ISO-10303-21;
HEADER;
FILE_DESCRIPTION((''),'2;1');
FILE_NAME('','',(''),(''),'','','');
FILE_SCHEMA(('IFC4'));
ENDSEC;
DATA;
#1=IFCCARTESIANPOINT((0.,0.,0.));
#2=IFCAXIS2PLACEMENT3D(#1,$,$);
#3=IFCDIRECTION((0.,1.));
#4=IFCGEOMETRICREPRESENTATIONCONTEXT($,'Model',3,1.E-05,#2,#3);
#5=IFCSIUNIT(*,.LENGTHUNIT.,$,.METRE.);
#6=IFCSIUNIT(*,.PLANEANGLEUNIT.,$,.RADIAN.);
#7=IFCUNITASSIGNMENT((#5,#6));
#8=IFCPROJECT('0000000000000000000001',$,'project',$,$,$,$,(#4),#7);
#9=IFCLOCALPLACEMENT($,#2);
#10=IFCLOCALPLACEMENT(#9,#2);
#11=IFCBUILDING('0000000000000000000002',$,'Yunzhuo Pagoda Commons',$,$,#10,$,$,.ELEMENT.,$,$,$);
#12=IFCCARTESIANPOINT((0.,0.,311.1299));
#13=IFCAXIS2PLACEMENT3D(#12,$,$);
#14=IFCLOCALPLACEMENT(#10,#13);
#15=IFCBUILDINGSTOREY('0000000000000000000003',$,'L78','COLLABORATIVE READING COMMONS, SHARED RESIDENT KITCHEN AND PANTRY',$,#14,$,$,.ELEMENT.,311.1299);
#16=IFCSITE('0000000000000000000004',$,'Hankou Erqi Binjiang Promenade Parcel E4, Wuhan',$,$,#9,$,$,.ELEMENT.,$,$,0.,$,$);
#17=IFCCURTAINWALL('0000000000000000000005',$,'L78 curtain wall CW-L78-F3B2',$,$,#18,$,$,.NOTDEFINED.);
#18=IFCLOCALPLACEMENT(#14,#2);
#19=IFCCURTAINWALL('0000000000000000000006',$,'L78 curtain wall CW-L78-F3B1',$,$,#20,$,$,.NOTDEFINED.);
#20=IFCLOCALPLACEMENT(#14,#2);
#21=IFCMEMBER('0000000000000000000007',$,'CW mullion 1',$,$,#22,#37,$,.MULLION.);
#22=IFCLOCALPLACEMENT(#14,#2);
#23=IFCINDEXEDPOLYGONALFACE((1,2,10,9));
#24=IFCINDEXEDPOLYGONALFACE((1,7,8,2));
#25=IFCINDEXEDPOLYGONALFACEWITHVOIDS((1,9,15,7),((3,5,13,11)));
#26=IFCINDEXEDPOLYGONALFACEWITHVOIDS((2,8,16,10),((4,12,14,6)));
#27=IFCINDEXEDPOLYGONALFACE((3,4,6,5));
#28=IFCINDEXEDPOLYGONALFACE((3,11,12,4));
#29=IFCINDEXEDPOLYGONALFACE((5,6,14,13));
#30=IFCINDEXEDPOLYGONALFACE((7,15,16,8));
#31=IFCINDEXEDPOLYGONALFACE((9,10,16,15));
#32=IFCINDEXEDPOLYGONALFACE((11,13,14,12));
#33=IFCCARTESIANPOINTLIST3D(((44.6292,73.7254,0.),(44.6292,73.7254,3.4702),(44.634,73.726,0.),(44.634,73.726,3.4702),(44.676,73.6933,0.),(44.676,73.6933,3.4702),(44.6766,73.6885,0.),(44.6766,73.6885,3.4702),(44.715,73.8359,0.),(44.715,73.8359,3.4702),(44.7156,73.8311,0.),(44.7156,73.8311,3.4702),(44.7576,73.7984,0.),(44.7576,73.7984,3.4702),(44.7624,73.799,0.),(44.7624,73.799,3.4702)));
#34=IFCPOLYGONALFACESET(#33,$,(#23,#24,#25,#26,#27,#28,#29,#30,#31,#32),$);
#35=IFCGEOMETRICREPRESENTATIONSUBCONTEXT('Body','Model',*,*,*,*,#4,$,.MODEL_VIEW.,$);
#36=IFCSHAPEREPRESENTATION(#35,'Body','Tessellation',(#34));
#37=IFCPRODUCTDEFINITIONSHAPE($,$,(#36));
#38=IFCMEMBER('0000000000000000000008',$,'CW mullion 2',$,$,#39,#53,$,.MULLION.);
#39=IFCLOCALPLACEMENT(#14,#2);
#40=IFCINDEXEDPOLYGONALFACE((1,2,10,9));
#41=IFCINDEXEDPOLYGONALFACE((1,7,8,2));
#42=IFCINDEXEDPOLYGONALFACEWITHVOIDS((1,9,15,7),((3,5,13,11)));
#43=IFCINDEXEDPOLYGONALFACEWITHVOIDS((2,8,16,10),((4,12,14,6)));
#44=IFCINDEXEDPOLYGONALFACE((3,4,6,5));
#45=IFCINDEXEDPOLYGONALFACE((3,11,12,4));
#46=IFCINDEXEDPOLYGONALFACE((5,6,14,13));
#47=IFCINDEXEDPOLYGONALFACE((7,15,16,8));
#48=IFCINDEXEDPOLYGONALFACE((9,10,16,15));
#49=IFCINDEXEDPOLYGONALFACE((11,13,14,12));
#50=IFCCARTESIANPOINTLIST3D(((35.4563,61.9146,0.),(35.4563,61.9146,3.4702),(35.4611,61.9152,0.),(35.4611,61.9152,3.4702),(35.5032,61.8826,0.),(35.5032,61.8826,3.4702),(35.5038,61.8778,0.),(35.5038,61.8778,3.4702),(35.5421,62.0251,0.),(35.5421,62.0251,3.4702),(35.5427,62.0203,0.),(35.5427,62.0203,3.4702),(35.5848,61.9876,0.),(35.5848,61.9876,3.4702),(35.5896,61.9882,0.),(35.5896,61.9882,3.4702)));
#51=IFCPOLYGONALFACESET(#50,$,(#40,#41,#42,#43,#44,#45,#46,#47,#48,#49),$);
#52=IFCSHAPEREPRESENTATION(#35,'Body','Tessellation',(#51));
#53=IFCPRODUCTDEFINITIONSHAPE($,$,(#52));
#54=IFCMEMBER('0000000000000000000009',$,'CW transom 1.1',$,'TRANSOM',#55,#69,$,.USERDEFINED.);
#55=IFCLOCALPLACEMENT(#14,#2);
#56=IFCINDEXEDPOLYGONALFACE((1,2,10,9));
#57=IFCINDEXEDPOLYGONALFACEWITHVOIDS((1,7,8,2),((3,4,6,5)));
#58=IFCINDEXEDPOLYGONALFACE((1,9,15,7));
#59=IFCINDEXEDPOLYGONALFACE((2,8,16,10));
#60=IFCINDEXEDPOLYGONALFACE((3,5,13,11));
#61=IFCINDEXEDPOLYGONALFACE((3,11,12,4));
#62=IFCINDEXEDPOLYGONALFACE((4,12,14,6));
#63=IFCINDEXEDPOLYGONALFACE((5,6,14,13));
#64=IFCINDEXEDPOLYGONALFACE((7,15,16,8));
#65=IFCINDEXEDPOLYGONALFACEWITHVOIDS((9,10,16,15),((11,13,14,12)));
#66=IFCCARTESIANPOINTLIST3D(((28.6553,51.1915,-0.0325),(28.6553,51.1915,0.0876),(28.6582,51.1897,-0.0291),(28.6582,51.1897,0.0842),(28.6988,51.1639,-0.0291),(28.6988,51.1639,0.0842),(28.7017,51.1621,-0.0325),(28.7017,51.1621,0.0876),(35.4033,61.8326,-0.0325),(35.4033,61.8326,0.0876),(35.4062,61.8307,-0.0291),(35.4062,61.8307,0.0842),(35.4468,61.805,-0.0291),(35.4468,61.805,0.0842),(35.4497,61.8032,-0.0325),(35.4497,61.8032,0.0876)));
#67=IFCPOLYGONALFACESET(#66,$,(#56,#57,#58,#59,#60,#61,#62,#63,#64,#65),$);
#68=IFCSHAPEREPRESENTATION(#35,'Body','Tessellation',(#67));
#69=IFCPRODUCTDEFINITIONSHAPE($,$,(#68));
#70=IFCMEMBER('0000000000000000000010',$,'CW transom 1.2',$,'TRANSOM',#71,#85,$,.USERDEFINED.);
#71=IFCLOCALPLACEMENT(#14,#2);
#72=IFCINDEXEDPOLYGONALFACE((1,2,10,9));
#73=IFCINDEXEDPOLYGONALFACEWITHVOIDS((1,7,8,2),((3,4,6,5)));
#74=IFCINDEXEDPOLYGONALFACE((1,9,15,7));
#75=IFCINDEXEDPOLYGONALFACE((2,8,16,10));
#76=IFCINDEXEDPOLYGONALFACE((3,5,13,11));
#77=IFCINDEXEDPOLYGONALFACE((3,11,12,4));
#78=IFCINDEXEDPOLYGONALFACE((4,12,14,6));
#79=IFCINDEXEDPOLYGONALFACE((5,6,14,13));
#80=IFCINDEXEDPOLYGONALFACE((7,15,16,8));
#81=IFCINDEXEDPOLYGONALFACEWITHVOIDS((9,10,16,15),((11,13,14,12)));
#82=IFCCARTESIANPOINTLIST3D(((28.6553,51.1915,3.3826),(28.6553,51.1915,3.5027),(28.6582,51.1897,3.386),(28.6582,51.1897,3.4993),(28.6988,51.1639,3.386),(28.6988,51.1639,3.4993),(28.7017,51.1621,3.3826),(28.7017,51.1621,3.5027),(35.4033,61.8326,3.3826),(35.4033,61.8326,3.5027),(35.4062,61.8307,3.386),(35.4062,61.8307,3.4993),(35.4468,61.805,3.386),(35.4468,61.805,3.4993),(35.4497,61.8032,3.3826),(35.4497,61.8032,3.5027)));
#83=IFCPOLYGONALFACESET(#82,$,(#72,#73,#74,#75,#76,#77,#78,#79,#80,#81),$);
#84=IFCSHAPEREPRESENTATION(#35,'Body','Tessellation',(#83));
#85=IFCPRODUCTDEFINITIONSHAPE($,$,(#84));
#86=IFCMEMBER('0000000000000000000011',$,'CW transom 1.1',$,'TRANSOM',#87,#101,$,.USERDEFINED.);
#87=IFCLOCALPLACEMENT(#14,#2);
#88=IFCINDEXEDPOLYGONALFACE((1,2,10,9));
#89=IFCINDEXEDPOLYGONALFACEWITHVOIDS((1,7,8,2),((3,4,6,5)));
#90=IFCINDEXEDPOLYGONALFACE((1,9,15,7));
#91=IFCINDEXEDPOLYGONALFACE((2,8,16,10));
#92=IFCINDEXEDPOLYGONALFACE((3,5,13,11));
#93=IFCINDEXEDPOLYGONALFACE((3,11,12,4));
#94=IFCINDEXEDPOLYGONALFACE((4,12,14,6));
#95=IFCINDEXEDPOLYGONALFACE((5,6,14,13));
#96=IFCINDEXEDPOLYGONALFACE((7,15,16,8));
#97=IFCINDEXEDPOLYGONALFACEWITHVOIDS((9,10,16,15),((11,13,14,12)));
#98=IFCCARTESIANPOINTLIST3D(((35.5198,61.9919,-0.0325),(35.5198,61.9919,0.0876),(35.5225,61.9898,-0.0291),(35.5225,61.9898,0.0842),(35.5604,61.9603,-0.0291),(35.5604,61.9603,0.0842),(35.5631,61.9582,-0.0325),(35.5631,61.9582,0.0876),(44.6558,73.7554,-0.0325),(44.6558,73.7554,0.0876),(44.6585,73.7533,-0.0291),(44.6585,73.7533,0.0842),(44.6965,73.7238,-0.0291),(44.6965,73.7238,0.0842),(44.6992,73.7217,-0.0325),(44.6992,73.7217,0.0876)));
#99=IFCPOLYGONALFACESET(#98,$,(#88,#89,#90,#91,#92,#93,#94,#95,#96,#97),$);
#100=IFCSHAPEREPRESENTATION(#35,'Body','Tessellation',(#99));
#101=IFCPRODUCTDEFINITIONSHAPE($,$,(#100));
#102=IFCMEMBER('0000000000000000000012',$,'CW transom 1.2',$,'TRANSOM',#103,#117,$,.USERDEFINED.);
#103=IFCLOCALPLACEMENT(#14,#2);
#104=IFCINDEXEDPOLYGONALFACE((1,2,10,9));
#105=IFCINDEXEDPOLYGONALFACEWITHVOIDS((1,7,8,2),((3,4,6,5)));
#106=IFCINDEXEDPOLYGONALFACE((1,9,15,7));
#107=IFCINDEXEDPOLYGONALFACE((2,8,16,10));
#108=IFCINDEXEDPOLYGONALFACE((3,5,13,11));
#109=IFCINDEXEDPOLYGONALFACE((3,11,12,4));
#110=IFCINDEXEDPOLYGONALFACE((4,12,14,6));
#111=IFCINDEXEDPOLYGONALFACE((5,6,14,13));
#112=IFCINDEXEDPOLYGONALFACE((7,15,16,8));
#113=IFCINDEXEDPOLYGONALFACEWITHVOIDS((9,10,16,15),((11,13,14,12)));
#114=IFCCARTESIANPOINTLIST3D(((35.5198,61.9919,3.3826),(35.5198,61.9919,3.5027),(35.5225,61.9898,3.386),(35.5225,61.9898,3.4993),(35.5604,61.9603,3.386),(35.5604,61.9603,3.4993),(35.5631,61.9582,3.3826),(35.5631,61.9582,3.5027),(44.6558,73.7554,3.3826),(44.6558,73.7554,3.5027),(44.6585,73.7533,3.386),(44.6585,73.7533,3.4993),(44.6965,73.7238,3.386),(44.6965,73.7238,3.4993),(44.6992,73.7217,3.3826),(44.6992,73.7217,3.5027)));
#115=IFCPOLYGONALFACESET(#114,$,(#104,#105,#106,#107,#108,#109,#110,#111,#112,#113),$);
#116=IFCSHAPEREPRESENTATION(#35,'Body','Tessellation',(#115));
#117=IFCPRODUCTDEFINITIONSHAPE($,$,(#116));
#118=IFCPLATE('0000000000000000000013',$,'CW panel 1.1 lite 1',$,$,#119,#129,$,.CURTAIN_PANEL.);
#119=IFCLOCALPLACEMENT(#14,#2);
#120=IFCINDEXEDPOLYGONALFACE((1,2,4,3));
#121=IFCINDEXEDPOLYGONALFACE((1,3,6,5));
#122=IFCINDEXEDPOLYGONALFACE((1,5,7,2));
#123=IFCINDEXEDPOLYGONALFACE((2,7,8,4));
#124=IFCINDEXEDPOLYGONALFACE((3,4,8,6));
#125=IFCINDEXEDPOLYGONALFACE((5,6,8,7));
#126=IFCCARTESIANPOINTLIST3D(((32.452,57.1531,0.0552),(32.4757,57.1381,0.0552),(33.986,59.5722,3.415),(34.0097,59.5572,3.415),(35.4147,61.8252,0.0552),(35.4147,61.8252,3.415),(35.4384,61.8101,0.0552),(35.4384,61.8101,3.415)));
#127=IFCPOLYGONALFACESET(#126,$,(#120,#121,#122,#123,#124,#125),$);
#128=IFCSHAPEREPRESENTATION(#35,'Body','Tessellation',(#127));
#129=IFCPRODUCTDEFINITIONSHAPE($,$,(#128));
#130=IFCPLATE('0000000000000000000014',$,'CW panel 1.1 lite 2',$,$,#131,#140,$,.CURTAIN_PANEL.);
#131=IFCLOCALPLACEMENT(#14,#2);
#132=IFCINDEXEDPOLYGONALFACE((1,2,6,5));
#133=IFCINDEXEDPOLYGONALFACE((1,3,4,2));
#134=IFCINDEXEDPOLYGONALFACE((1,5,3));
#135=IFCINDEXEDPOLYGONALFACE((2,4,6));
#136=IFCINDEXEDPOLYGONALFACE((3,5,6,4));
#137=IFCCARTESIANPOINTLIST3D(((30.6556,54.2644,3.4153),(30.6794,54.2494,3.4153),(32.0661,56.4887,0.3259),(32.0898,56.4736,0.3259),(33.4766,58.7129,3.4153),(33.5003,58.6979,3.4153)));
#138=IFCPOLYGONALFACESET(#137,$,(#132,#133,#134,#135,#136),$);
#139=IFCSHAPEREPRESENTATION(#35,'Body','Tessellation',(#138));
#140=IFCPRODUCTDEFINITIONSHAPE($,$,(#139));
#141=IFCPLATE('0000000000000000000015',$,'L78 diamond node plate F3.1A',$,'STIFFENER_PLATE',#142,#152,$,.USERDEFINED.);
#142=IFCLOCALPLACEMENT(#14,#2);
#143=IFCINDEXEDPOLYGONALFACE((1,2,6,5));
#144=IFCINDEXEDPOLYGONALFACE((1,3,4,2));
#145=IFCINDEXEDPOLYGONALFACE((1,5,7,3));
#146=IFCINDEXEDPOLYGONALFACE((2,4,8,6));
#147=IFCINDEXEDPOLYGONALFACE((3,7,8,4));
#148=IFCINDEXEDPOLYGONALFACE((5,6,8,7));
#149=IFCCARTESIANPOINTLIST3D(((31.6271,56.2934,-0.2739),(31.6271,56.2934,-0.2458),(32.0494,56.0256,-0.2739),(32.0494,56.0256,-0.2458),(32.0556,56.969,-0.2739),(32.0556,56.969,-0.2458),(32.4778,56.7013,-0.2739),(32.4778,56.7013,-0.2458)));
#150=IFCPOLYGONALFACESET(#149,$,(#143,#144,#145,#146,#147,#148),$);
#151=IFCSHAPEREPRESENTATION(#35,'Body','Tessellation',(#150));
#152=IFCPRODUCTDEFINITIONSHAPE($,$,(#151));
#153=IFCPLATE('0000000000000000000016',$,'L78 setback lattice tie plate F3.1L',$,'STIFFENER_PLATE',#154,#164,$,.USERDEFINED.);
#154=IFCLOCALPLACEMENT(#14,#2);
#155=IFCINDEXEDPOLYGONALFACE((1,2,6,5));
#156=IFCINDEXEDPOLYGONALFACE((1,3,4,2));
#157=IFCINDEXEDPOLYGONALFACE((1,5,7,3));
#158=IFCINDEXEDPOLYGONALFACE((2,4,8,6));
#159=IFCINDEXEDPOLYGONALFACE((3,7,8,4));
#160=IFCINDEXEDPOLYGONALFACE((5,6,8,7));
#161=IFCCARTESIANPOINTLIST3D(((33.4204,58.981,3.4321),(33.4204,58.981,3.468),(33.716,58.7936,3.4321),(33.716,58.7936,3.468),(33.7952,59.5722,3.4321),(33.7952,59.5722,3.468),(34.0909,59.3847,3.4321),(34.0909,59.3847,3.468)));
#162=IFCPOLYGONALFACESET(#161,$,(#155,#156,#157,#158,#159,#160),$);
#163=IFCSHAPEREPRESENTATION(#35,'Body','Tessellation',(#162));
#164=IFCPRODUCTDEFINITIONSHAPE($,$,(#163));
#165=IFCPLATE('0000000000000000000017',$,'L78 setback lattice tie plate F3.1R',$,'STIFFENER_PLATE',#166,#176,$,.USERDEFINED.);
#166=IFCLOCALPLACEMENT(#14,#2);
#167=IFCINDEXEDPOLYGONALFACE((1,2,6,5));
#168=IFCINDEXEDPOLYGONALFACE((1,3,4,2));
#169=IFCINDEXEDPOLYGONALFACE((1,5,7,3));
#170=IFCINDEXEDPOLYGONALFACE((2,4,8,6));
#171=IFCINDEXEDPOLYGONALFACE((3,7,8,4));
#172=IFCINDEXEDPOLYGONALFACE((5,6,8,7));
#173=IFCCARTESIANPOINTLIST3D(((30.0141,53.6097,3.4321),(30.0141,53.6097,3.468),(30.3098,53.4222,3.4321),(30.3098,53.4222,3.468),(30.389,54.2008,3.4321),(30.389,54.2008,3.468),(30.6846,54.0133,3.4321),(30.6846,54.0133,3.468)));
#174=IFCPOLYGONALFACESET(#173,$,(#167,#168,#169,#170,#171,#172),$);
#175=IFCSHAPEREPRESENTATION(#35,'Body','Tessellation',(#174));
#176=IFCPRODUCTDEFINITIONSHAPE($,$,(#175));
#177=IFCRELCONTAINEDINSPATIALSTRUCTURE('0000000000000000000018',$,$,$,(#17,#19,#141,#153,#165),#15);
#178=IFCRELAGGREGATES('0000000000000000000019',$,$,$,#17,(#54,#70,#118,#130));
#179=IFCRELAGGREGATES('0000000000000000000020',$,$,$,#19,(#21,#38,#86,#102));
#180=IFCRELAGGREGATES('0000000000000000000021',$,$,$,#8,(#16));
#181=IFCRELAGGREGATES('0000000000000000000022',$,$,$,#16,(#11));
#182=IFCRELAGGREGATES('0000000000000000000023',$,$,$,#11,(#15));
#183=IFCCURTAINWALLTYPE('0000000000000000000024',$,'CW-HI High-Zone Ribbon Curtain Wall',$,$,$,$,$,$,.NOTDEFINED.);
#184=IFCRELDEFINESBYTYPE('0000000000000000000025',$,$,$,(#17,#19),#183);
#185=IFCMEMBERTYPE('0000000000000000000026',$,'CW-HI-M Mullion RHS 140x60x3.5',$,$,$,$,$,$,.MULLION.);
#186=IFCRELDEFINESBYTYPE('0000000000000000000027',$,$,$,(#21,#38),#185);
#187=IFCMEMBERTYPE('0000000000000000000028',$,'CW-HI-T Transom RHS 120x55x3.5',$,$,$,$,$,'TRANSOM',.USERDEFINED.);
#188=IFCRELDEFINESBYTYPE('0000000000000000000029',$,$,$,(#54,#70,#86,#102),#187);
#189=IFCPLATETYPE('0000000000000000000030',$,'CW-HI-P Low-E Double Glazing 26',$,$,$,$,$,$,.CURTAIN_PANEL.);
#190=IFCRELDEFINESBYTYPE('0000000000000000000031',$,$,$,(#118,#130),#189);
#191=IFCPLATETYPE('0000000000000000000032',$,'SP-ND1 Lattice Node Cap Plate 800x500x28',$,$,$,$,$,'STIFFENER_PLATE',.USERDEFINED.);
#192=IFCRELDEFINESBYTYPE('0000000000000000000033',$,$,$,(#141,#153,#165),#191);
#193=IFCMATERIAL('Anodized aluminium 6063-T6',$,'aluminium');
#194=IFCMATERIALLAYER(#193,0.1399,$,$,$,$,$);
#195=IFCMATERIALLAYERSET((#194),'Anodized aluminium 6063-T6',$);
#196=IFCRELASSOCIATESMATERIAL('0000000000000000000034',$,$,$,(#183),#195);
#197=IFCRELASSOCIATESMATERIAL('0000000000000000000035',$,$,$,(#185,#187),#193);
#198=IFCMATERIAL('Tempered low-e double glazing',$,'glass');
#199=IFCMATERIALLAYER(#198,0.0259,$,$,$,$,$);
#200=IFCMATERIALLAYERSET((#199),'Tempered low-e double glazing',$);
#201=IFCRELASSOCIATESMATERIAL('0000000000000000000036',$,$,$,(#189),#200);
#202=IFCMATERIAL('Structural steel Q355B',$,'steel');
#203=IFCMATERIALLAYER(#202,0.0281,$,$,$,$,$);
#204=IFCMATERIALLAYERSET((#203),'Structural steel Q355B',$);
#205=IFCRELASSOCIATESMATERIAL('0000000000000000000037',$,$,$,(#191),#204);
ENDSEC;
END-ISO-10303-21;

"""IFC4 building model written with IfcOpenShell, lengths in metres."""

from ifc_helpers import new_model, si_unit, direction, frame, origin, origin_2d, place, context, subcontext, project, spatial, polyline, rectangle, hollow_rectangle, outline, extrude, source, transform, mapped, material, layer, layer_set, material_profile, profile_set, type_object, element, aggregate, save


model = new_model("IFC4")

# Units and contexts
model_context = context("Model", 3, precision=1e-05, world=origin(), true_north=direction((0.0, 1.0)))
body_context = subcontext(model_context, "Body", "Model", "MODEL_VIEW")
ifc_project = project(units=[si_unit("LENGTHUNIT", "METRE"), si_unit("PLANEANGLEUNIT", "RADIAN")], contexts=[model_context])

# Site, building, storey
site_placement = place(None, origin())
site = spatial("IfcSite", under=ifc_project, at=site_placement, Name="Hankou Erqi Binjiang Promenade Parcel E4, Wuhan", CompositionType="ELEMENT", RefElevation=0.0)
building_placement = place(site_placement, origin())
building = spatial("IfcBuilding", under=site, at=building_placement, Name="Yunzhuo Pagoda Commons", CompositionType="ELEMENT")
storey_placement = place(building_placement, frame((0.0, 0.0, 311.1299)))
storey = spatial("IfcBuildingStorey", under=building, at=storey_placement, Name="L78", Description="COLLABORATIVE READING COMMONS, SHARED RESIDENT KITCHEN AND PANTRY", CompositionType="ELEMENT", Elevation=311.1299)

# Shared definitions
ifc_material_1 = material(Name="Structural steel Q355B", Category="steel")

# Curtain wall
ifc_material_2 = material(Name="Anodized aluminium 6063-T6", Category="aluminium")
ifc_layer_1 = layer(ifc_material_2, 0.1399)
ifc_layer_set_1 = layer_set([ifc_layer_1], Name="Anodized aluminium 6063-T6")
curtain_wall_type = type_object("IfcCurtainWallType", Name="CW-HI High-Zone Ribbon Curtain Wall", PredefinedType="NOTDEFINED", material=ifc_layer_set_1)
curtain_wall_1_placement = place(storey_placement, origin())
curtain_wall_1 = element("IfcCurtainWall", 1, at=curtain_wall_1_placement, inside=storey, type_object=curtain_wall_type, Name="L78 curtain wall CW-L78-F3B2", PredefinedType="NOTDEFINED")
ifc_material_profile_1 = material_profile(ifc_material_2, hollow_rectangle(XDim=0.0601, YDim=0.1399, WallThickness=0.0034, at=origin_2d()), Name="Anodized aluminium 6063-T6")
ifc_profile_set_1 = profile_set([ifc_material_profile_1], Name="Anodized aluminium 6063-T6")
member_type_1 = type_object("IfcMemberType", Name="CW-HI-M Mullion RHS 140x60x3.5", PredefinedType="MULLION", material=ifc_profile_set_1)
shared_shape_1 = source(origin(), body_context, "Body", "SweptSolid", [
    extrude(hollow_rectangle(XDim=0.0601, YDim=0.1399, WallThickness=0.0034, at=origin_2d()), origin(), (0.0, 0.0, 1.0), 3.4702),
])

# Curtain wall, members
curtain_wall_2_placement = place(storey_placement, origin())
curtain_wall_2 = element("IfcCurtainWall", 2, at=curtain_wall_2_placement, inside=storey, type_object=curtain_wall_type, Name="L78 curtain wall CW-L78-F3B1", PredefinedType="NOTDEFINED")
member_1_placement = place(storey_placement, frame((44.6958, 73.7622, 0.0), z_axis=(0.0, 0.0, 1.0), x_axis=(0.789783, -0.613387, 0.0)))
member_1 = element("IfcMember", 3, at=member_1_placement, type_object=member_type_1, Name="CW mullion 1", PredefinedType="MULLION", context=body_context, shape_type="MappedRepresentation", body=[
    mapped(shared_shape_1, transform((0.0, 0.0, 0.0), scale=1.0)),
])
member_2_placement = place(storey_placement, frame((35.5229, 61.9514, 0.0), z_axis=(0.0, 0.0, 1.0), x_axis=(0.789783, -0.613387, 0.0)))
member_2 = element("IfcMember", 4, at=member_2_placement, type_object=member_type_1, Name="CW mullion 2", PredefinedType="MULLION", context=body_context, shape_type="MappedRepresentation", body=[
    mapped(shared_shape_1, transform((0.0, 0.0, 0.0), scale=1.0)),
])

# Members
ifc_material_profile_2 = material_profile(ifc_material_2, hollow_rectangle(XDim=0.0549, YDim=0.1201, WallThickness=0.0034, at=origin_2d()), Name="Anodized aluminium 6063-T6")
ifc_profile_set_2 = profile_set([ifc_material_profile_2], Name="Anodized aluminium 6063-T6")
member_type_2 = type_object("IfcMemberType", Name="CW-HI-T Transom RHS 120x55x3.5", ElementType="TRANSOM", PredefinedType="USERDEFINED", material=ifc_profile_set_2)
shared_shape_2 = source(origin(), body_context, "Body", "SweptSolid", [
    extrude(hollow_rectangle(XDim=0.0549, YDim=0.1201, WallThickness=0.0034, at=origin_2d()), origin(), (0.0, 0.0, 1.0), 12.6003),
])
member_3_placement = place(storey_placement, frame((35.4265, 61.8179, 0.0276), z_axis=(-0.535543, -0.844508, 0.0), x_axis=(0.844508, -0.535543, 0.0)))
member_3 = element("IfcMember", 5, at=member_3_placement, type_object=member_type_2, Name="CW transom 1.1", ObjectType="TRANSOM", PredefinedType="USERDEFINED", context=body_context, shape_type="MappedRepresentation", body=[
    mapped(shared_shape_2, transform((0.0, 0.0, 0.0), scale=1.0)),
])
member_4_placement = place(storey_placement, frame((35.4265, 61.8179, 3.4426), z_axis=(-0.535543, -0.844508, 0.0), x_axis=(0.844508, -0.535543, 0.0)))
member_4 = element("IfcMember", 6, at=member_4_placement, type_object=member_type_2, Name="CW transom 1.2", ObjectType="TRANSOM", PredefinedType="USERDEFINED", context=body_context, shape_type="MappedRepresentation", body=[
    mapped(shared_shape_2, transform((0.0, 0.0, 0.0), scale=1.0)),
])
shared_shape_3 = source(origin(), body_context, "Body", "SweptSolid", [
    extrude(hollow_rectangle(XDim=0.0549, YDim=0.1201, WallThickness=0.0034, at=origin_2d()), origin(), (0.0, 0.0, 1.0), 14.8945),
])
member_5_placement = place(storey_placement, frame((44.6775, 73.7385, 0.0276), z_axis=(-0.613382, -0.789786, 0.0), x_axis=(0.789786, -0.613382, 0.0)))
member_5 = element("IfcMember", 7, at=member_5_placement, type_object=member_type_2, Name="CW transom 1.1", ObjectType="TRANSOM", PredefinedType="USERDEFINED", context=body_context, shape_type="MappedRepresentation", body=[
    mapped(shared_shape_3, transform((0.0, 0.0, 0.0), scale=1.0)),
])
member_6_placement = place(storey_placement, frame((44.6775, 73.7385, 3.4426), z_axis=(-0.613382, -0.789786, 0.0), x_axis=(0.789786, -0.613382, 0.0)))
member_6 = element("IfcMember", 8, at=member_6_placement, type_object=member_type_2, Name="CW transom 1.2", ObjectType="TRANSOM", PredefinedType="USERDEFINED", context=body_context, shape_type="MappedRepresentation", body=[
    mapped(shared_shape_3, transform((0.0, 0.0, 0.0), scale=1.0)),
])

# Plates
ifc_material_3 = material(Name="Tempered low-e double glazing", Category="glass")
ifc_layer_2 = layer(ifc_material_3, 0.0259)
ifc_layer_set_2 = layer_set([ifc_layer_2], Name="Tempered low-e double glazing")
plate_type_1 = type_object("IfcPlateType", Name="CW-HI-P Low-E Double Glazing 26", PredefinedType="CURTAIN_PANEL", material=ifc_layer_set_2)
plate_1_placement = place(storey_placement, frame((33.957, 59.4741, 1.7351), z_axis=(-0.844513, 0.535535, 0.0), x_axis=(-0.535535, -0.844513, 0.0)))
plate_1 = element("IfcPlate", 9, at=plate_1_placement, type_object=plate_type_1, Name="CW panel 1.1 lite 1", PredefinedType="CURTAIN_PANEL", context=body_context, shape_type="SweptSolid", body=[
    extrude(outline(polyline([(-2.7661, -1.6799), (2.7661, -1.6799), (-0.0984, 1.6799), (-2.7661, 1.6799), (-2.7661, -1.6799)])), origin(), (0.0, 0.0, 1.0), 0.0281),
])
plate_2_placement = place(storey_placement, frame((32.0898, 56.4736, 1.8706), z_axis=(-0.844513, 0.535535, 0.0), x_axis=(-0.535535, -0.844513, 0.0)))
plate_2 = element("IfcPlate", 10, at=plate_2_placement, type_object=plate_type_1, Name="CW panel 1.1 lite 2", PredefinedType="CURTAIN_PANEL", context=body_context, shape_type="SweptSolid", body=[
    extrude(outline(polyline([(-2.6338, 1.5447), (0.0, -1.5447), (2.6338, 1.5447), (-2.6338, 1.5447)])), origin(), (0.0, 0.0, 1.0), 0.0281),
])
aggregate(curtain_wall_1, [member_3, member_4, plate_1, plate_2])

# Plates
ifc_layer_3 = layer(ifc_material_1, 0.0281)
ifc_layer_set_3 = layer_set([ifc_layer_3], Name="Structural steel Q355B")
plate_type_2 = type_object("IfcPlateType", Name="SP-ND1 Lattice Node Cap Plate 800x500x28", ElementType="STIFFENER_PLATE", PredefinedType="USERDEFINED", material=ifc_layer_set_3)
shared_shape_4 = source(origin(), body_context, "Body", "SweptSolid", [
    extrude(rectangle(XDim=0.8, YDim=0.5, at=origin_2d()), origin(), (0.0, 0.0, 1.0), 0.0281),
])
plate_3_placement = place(storey_placement, frame((32.0525, 56.4973, -0.2739), z_axis=(0.0, 0.0, 1.0), x_axis=(-0.535532, -0.844515, 0.0)))
element("IfcPlate", 11, at=plate_3_placement, inside=storey, type_object=plate_type_2, Name="L78 diamond node plate F3.1A", ObjectType="STIFFENER_PLATE", PredefinedType="USERDEFINED", context=body_context, shape_type="MappedRepresentation", body=[
    mapped(shared_shape_4, transform((0.0, 0.0, 0.0), scale=1.0)),
])
shared_shape_5 = source(origin(), body_context, "Body", "SweptSolid", [
    extrude(rectangle(XDim=0.7, YDim=0.3501, at=origin_2d()), origin(), (0.0, 0.0, 1.0), 0.0359),
])
for number, where, z_axis, x_axis, name in (
    (12, (33.7556, 59.1829, 3.4321), (0.0, 0.0, 1.0), (-0.535532, -0.844515, 0.0), "L78 setback lattice tie plate F3.1L"),
    (13, (30.3494, 53.8115, 3.4321), (0.0, 0.0, 1.0), (-0.535532, -0.844515, 0.0), "L78 setback lattice tie plate F3.1R"),
):
    element("IfcPlate", number, at=place(storey_placement, frame(where, z_axis=z_axis, x_axis=x_axis)), inside=storey, type_object=plate_type_2, Name=name, ObjectType="STIFFENER_PLATE", PredefinedType="USERDEFINED", context=body_context, shape_type="MappedRepresentation", body=[
        mapped(shared_shape_5, transform((0.0, 0.0, 0.0), scale=1.0)),
    ])

aggregate(curtain_wall_2, [member_1, member_2, member_5, member_6])

save(model, "model.ifc")
